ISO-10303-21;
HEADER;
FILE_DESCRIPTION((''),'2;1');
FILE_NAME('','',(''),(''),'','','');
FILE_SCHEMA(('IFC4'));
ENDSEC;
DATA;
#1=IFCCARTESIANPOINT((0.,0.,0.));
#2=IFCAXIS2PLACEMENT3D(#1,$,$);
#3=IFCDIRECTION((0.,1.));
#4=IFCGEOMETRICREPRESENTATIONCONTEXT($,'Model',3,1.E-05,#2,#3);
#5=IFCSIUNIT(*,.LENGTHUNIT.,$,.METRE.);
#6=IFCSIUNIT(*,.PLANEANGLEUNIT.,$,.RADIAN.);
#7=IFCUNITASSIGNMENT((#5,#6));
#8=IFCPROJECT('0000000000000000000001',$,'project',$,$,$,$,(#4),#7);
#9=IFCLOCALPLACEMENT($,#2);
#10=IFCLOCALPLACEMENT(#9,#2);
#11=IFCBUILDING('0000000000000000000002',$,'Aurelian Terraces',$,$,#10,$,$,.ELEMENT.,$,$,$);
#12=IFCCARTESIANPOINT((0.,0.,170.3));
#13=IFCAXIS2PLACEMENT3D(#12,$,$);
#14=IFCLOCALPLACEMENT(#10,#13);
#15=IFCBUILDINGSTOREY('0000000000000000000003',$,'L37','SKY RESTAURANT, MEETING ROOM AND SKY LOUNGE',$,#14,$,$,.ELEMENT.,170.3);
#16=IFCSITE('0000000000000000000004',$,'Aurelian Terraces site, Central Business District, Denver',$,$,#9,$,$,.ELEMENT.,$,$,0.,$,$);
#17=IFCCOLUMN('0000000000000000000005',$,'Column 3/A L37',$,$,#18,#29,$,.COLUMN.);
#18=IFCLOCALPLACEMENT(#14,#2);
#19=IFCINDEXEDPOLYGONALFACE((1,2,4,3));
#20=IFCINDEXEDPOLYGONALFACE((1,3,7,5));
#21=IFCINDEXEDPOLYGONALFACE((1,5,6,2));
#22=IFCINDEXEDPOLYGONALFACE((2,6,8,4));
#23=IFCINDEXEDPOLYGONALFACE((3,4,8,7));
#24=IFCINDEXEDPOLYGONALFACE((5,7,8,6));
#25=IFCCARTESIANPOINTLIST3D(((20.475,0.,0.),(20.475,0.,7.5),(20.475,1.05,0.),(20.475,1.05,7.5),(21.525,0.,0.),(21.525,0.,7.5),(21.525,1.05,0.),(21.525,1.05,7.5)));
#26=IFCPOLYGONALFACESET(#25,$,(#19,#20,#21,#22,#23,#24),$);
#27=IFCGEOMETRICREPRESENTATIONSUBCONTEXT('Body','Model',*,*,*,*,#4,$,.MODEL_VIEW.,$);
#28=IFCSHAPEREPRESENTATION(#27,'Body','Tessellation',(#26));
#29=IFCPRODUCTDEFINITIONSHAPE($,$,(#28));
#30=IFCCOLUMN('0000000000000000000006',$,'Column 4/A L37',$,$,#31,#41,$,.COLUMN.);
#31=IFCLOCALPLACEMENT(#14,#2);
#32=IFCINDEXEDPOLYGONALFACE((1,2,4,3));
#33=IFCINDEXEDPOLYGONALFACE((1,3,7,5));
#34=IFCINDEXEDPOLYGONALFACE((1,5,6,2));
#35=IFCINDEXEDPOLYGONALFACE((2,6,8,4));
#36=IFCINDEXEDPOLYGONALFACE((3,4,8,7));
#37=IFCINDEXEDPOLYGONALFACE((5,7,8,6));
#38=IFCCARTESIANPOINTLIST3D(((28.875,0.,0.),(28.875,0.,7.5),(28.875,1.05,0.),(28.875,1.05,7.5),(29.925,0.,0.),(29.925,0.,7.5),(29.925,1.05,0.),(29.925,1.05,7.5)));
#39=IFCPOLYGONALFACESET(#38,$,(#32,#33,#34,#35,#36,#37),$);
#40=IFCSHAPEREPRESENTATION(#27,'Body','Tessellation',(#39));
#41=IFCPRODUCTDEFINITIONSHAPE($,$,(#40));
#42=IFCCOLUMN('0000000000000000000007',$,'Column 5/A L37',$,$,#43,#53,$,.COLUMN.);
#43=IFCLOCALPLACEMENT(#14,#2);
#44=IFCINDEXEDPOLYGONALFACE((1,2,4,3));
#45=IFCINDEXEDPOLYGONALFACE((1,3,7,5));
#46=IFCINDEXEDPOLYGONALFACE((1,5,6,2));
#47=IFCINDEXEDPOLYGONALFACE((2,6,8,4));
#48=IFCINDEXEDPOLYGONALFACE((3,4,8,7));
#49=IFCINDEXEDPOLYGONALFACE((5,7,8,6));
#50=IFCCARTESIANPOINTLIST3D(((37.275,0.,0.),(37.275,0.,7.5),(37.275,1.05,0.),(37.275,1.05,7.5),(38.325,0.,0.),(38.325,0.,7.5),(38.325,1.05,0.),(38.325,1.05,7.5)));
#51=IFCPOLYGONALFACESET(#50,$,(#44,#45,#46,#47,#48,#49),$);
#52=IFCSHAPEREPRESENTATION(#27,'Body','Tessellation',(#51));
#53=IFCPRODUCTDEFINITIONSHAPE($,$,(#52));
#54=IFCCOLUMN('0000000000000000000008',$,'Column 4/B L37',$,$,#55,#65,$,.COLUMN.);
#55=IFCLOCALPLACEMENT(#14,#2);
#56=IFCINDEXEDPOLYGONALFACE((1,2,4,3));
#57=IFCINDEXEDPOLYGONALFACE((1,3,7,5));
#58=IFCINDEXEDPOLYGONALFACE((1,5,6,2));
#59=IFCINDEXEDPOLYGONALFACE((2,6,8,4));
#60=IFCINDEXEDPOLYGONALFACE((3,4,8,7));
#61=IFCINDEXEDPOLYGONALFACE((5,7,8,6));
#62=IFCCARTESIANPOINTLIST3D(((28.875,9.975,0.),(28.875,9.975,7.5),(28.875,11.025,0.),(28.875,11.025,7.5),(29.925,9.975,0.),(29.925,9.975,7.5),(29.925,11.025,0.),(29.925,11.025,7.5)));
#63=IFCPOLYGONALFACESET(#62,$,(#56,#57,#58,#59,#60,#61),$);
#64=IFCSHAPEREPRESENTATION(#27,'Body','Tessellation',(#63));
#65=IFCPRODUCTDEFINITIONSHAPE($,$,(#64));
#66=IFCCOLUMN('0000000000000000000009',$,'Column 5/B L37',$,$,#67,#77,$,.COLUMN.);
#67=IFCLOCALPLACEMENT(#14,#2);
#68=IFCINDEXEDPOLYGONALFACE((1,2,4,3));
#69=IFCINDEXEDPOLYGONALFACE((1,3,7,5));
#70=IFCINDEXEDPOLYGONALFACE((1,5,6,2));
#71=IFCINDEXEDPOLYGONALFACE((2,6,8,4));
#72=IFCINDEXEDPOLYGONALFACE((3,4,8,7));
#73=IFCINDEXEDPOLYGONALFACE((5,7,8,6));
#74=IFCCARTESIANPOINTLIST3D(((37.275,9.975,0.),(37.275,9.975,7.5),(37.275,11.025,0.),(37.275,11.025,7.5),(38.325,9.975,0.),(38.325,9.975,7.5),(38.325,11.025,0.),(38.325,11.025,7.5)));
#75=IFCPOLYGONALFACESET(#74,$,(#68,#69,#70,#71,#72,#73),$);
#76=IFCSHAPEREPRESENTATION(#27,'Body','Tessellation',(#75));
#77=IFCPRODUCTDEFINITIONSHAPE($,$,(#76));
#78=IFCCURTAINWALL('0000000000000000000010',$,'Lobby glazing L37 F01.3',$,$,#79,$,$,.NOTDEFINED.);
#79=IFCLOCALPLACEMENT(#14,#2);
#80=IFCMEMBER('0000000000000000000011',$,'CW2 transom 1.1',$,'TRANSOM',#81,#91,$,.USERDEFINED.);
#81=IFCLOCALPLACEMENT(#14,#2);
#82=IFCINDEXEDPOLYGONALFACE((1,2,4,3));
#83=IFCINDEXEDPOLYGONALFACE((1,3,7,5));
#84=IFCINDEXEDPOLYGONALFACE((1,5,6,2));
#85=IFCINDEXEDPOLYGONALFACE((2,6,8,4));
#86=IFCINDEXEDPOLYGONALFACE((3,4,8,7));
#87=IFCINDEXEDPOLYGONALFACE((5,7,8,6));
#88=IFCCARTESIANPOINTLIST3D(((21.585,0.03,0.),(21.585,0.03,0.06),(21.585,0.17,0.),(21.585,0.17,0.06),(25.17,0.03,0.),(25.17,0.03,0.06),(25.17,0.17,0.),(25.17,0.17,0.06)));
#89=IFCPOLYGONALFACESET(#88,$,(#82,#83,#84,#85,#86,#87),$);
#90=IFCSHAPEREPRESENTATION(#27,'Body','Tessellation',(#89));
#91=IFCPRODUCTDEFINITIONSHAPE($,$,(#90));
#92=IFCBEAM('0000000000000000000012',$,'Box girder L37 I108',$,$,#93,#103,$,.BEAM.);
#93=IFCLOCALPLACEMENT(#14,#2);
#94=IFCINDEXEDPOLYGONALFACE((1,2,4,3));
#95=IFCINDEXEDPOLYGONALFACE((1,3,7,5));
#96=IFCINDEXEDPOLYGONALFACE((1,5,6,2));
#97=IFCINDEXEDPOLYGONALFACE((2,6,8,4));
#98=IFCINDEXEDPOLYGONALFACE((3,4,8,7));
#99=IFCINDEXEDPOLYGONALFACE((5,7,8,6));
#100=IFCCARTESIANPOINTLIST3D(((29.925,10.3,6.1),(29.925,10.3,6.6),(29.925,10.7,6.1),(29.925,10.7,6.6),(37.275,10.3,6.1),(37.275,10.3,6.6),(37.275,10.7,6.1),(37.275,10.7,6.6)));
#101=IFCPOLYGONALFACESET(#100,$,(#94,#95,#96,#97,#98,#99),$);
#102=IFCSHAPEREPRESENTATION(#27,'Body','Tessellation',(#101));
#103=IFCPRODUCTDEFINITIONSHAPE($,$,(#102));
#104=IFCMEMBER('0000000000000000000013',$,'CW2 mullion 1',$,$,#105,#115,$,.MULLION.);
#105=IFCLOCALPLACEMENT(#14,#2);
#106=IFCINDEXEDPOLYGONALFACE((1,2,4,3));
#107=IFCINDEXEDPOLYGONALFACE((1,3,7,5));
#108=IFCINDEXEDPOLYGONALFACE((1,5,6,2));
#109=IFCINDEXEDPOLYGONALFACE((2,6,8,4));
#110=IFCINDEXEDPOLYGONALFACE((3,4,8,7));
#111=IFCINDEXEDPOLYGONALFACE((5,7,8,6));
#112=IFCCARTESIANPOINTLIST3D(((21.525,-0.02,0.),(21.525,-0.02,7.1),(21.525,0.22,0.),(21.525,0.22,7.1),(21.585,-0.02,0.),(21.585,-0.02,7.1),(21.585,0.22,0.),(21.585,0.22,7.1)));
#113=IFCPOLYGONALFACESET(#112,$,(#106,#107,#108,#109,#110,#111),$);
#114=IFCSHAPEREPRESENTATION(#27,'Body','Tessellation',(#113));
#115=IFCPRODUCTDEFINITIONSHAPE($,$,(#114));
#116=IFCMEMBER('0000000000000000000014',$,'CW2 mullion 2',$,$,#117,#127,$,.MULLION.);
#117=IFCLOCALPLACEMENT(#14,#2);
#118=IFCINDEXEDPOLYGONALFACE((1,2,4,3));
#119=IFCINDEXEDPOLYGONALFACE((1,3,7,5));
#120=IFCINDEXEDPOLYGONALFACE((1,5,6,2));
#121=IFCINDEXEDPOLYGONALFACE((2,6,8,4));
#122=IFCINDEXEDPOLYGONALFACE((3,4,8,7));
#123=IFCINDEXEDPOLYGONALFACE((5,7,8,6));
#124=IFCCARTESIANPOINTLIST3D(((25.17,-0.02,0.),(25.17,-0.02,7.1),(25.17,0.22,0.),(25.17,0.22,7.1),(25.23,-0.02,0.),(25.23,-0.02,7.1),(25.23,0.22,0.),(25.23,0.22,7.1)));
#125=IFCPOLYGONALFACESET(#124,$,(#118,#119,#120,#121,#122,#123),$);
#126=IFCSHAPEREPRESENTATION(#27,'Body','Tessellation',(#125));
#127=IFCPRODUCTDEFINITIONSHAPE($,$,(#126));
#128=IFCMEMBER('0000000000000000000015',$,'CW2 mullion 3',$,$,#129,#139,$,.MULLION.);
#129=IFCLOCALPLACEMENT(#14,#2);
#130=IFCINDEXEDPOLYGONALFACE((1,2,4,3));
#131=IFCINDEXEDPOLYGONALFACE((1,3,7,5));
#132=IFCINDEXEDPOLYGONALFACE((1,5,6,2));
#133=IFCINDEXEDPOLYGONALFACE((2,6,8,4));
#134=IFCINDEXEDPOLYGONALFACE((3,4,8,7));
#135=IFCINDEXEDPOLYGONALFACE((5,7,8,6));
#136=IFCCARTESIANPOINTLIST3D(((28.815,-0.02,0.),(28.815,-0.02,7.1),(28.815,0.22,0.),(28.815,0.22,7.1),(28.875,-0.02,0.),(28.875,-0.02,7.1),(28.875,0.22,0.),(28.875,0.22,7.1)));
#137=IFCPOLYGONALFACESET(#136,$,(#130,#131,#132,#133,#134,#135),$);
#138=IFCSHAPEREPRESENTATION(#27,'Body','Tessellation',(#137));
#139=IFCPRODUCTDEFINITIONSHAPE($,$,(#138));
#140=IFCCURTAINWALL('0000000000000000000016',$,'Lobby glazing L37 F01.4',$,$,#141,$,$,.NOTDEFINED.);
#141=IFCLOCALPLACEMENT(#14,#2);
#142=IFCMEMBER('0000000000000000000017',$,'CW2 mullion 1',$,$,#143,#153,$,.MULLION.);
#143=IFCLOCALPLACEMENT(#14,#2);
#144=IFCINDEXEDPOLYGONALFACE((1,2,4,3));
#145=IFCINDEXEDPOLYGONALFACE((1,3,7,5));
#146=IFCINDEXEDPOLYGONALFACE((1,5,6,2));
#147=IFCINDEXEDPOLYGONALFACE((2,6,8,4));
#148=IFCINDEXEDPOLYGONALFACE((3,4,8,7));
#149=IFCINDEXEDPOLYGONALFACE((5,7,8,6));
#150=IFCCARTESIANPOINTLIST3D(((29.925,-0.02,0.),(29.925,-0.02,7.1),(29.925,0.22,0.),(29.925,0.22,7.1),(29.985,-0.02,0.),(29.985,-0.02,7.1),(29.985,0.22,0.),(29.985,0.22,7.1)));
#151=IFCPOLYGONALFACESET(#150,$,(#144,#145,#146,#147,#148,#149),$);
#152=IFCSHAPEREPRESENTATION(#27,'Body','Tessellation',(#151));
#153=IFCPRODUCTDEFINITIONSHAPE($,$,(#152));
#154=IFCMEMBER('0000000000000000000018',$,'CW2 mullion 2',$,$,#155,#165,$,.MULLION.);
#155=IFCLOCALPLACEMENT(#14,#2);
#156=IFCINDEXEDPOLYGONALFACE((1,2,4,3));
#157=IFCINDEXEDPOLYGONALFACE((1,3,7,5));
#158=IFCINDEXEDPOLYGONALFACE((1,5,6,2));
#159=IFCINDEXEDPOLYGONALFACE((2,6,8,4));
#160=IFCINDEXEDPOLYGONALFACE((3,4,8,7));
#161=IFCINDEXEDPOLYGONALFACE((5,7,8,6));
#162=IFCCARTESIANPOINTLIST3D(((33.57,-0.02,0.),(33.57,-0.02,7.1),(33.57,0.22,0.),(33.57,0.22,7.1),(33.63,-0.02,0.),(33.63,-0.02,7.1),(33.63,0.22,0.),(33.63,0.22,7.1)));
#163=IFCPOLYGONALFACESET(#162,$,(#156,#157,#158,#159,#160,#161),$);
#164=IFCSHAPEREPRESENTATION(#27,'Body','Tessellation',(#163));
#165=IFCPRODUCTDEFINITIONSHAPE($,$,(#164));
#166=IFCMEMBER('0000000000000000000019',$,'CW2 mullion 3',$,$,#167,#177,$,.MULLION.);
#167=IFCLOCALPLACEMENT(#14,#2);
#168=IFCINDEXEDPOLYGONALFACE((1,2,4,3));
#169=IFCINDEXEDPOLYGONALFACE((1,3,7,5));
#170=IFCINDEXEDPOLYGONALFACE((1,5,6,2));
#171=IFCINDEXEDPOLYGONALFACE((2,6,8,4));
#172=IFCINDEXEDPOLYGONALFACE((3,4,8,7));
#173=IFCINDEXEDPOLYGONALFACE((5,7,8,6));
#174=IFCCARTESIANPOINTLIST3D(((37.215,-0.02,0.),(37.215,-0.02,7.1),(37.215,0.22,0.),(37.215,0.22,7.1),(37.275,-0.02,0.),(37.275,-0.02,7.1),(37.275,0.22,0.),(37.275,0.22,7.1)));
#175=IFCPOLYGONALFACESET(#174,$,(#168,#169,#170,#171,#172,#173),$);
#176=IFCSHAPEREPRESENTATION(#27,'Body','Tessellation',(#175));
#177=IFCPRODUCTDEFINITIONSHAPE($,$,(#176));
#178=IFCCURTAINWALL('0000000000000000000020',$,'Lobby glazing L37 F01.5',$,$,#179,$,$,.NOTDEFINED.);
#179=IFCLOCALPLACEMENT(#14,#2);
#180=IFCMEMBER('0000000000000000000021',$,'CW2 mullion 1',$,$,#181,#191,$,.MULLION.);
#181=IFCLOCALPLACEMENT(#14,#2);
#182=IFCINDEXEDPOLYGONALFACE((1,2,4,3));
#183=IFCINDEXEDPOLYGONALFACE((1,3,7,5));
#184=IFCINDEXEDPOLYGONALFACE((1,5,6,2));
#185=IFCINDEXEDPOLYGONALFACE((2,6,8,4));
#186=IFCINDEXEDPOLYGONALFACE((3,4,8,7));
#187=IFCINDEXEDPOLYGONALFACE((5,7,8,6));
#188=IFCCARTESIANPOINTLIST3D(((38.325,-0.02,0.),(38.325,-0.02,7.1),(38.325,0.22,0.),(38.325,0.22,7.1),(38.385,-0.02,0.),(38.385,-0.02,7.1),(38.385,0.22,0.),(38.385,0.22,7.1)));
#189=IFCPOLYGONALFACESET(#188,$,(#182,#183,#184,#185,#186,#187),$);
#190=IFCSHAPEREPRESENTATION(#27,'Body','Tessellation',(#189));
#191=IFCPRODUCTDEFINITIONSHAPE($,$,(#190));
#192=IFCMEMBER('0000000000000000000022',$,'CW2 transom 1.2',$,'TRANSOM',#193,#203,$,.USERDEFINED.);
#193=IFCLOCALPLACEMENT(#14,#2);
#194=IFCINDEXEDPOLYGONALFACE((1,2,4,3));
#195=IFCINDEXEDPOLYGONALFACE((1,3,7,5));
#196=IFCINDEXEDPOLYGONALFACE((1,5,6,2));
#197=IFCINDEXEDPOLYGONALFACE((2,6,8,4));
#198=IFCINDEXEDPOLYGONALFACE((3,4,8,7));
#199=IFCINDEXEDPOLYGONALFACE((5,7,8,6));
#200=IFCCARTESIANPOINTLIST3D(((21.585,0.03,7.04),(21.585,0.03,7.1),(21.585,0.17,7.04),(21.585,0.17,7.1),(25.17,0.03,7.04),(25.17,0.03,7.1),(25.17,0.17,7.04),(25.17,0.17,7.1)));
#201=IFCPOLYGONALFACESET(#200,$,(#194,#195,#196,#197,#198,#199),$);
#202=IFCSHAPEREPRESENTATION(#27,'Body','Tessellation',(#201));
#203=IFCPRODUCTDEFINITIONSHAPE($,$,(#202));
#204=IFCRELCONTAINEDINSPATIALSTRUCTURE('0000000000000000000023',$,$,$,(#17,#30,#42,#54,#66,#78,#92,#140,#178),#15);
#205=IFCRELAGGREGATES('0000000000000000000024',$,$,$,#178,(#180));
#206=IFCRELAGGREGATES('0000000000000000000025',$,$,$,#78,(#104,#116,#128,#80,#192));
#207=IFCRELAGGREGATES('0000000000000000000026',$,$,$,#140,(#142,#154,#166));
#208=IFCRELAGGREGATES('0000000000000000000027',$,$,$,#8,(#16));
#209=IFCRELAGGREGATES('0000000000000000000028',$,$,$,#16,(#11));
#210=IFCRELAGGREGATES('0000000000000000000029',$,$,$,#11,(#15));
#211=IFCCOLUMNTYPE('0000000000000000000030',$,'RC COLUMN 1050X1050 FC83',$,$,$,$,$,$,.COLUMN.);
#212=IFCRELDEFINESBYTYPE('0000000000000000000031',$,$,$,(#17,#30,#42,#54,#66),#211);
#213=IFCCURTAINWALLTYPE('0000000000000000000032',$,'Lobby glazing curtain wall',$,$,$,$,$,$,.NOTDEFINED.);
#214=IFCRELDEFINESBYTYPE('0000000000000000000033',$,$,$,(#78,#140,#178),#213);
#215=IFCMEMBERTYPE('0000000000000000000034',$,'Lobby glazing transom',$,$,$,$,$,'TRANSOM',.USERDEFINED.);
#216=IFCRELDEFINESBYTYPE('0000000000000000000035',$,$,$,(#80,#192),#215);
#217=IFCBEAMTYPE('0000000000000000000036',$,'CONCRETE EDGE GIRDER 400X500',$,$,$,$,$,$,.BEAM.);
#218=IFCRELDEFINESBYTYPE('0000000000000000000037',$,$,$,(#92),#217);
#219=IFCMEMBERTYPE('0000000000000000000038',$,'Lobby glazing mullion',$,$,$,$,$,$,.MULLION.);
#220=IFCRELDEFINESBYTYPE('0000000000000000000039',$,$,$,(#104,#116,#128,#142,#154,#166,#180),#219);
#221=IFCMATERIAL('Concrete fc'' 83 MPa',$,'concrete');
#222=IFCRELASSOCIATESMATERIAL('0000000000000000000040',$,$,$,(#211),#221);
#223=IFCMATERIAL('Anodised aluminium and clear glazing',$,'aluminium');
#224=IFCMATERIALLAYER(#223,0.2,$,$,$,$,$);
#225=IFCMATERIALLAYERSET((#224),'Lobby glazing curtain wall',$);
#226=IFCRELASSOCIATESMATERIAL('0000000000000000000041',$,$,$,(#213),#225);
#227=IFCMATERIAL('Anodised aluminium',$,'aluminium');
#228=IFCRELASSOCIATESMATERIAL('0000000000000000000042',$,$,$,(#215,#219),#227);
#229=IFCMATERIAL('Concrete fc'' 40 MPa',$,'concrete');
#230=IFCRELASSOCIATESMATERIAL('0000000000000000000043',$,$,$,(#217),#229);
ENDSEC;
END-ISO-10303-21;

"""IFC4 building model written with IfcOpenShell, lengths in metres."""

from ifc_helpers import new_model, si_unit, direction, frame, origin, origin_2d, place, context, subcontext, project, spatial, rectangle, extrude, source, transform, mapped, material, layer, layer_set, material_profile, profile_set, type_object, element, aggregate, save


model = new_model("IFC4")

# Units and contexts
model_context = context("Model", 3, precision=1e-05, world=origin(), true_north=direction((0.0, 1.0)))
body_context = subcontext(model_context, "Body", "Model", "MODEL_VIEW")
ifc_project = project(units=[si_unit("LENGTHUNIT", "METRE"), si_unit("PLANEANGLEUNIT", "RADIAN")], contexts=[model_context])

# Site, building, storey
site_placement = place(None, origin())
site = spatial("IfcSite", under=ifc_project, at=site_placement, Name="Aurelian Terraces site, Central Business District, Denver", CompositionType="ELEMENT", RefElevation=0.0)
building_placement = place(site_placement, origin())
building = spatial("IfcBuilding", under=site, at=building_placement, Name="Aurelian Terraces", CompositionType="ELEMENT")
storey_placement = place(building_placement, frame((0.0, 0.0, 170.3)))
storey = spatial("IfcBuildingStorey", under=building, at=storey_placement, Name="L37", Description="SKY RESTAURANT, MEETING ROOM AND SKY LOUNGE", CompositionType="ELEMENT", Elevation=170.3)

# Columns
ifc_material_1 = material(Name="Concrete fc' 83 MPa", Category="concrete")
ifc_material_profile_1 = material_profile(ifc_material_1, rectangle(XDim=1.05, YDim=1.05, at=origin_2d()))
ifc_profile_set_1 = profile_set([ifc_material_profile_1], Name="Concrete fc' 83 MPa")
column_type = type_object("IfcColumnType", Name="RC COLUMN 1050X1050 FC83", PredefinedType="COLUMN", material=ifc_profile_set_1)
shared_shape_1 = source(origin(), body_context, "Body", "SweptSolid", [
    extrude(rectangle(XDim=1.05, YDim=1.05, at=origin_2d()), origin(), (0.0, 0.0, 1.0), 7.5),
])
for number, where, z_axis, x_axis, name in (
    (1, (21.0, 0.525, 0.0), (0.0, 0.0, 1.0), (1.0, 0.0, 0.0), "Column 3/A L37"),
    (2, (29.4, 0.525, 0.0), (0.0, 0.0, 1.0), (1.0, 0.0, 0.0), "Column 4/A L37"),
    (3, (37.8, 0.525, 0.0), (0.0, 0.0, 1.0), (1.0, 0.0, 0.0), "Column 5/A L37"),
    (4, (29.4, 10.5, 0.0), (0.0, 0.0, 1.0), (1.0, 0.0, 0.0), "Column 4/B L37"),
    (5, (37.8, 10.5, 0.0), (0.0, 0.0, 1.0), (1.0, 0.0, 0.0), "Column 5/B L37"),
):
    element("IfcColumn", number, at=place(storey_placement, frame(where, z_axis=z_axis, x_axis=x_axis)), inside=storey, type_object=column_type, Name=name, PredefinedType="COLUMN", context=body_context, shape_type="MappedRepresentation", body=[
        mapped(shared_shape_1, transform((0.0, 0.0, 0.0), scale=1.0)),
    ])

# Curtain wall, member
ifc_material_2 = material(Name="Anodised aluminium and clear glazing", Category="aluminium")
ifc_layer_1 = layer(ifc_material_2, 0.2)
ifc_layer_set_1 = layer_set([ifc_layer_1], Name="Lobby glazing curtain wall")
curtain_wall_type = type_object("IfcCurtainWallType", Name="Lobby glazing curtain wall", PredefinedType="NOTDEFINED", material=ifc_layer_set_1)
curtain_wall_1_placement = place(storey_placement, origin())
curtain_wall_1 = element("IfcCurtainWall", 6, at=curtain_wall_1_placement, inside=storey, type_object=curtain_wall_type, Name="Lobby glazing L37 F01.3", PredefinedType="NOTDEFINED")
ifc_material_3 = material(Name="Anodised aluminium", Category="aluminium")
ifc_material_profile_2 = material_profile(ifc_material_3, rectangle(XDim=0.14, YDim=0.06, at=origin_2d()))
ifc_profile_set_2 = profile_set([ifc_material_profile_2], Name="Anodised aluminium")
member_type_1 = type_object("IfcMemberType", Name="Lobby glazing transom", ElementType="TRANSOM", PredefinedType="USERDEFINED", material=ifc_profile_set_2)
member_1_placement = place(storey_placement, frame((21.585, 0.1, 0.03), z_axis=(1.0, 0.0, 0.0), x_axis=(0.0, 1.0, 0.0)))
member_1 = element("IfcMember", 7, at=member_1_placement, type_object=member_type_1, Name="CW2 transom 1.1", ObjectType="TRANSOM", PredefinedType="USERDEFINED", context=body_context, shape_type="SweptSolid", body=[
    extrude(rectangle(XDim=0.14, YDim=0.06, at=origin_2d()), origin(), (0.0, 0.0, 1.0), 3.585),
])

# Beam
ifc_material_4 = material(Name="Concrete fc' 40 MPa", Category="concrete")
ifc_material_profile_3 = material_profile(ifc_material_4, rectangle(XDim=0.4, YDim=0.5, at=origin_2d()))
ifc_profile_set_3 = profile_set([ifc_material_profile_3], Name="Concrete fc' 40 MPa")
beam_type = type_object("IfcBeamType", Name="CONCRETE EDGE GIRDER 400X500", PredefinedType="BEAM", material=ifc_profile_set_3)
shared_shape_2 = source(origin(), body_context, "Body", "SweptSolid", [
    extrude(rectangle(XDim=0.4, YDim=0.5, at=origin_2d()), origin(), (0.0, 0.0, 1.0), 7.35),
])
beam_placement = place(storey_placement, frame((29.925, 10.5, 6.35), z_axis=(1.0, 0.0, 0.0), x_axis=(0.0, 1.0, 0.0)))
element("IfcBeam", 8, at=beam_placement, inside=storey, type_object=beam_type, Name="Box girder L37 I108", PredefinedType="BEAM", context=body_context, shape_type="MappedRepresentation", body=[
    mapped(shared_shape_2, transform((0.0, 0.0, 0.0), scale=1.0)),
])

# Members
ifc_material_profile_4 = material_profile(ifc_material_3, rectangle(XDim=0.24, YDim=0.06, at=origin_2d()))
ifc_profile_set_4 = profile_set([ifc_material_profile_4], Name="Anodised aluminium")
member_type_2 = type_object("IfcMemberType", Name="Lobby glazing mullion", PredefinedType="MULLION", material=ifc_profile_set_4)
shared_shape_3 = source(origin(), body_context, "Body", "SweptSolid", [
    extrude(rectangle(XDim=0.24, YDim=0.06, at=origin_2d()), origin(), (0.0, 0.0, 1.0), 7.1),
])
member_2_placement = place(storey_placement, frame((21.555, 0.1, 0.0), z_axis=(0.0, 0.0, 1.0), x_axis=(0.0, 1.0, 0.0)))
member_2 = element("IfcMember", 9, at=member_2_placement, type_object=member_type_2, Name="CW2 mullion 1", PredefinedType="MULLION", context=body_context, shape_type="MappedRepresentation", body=[
    mapped(shared_shape_3, transform((0.0, 0.0, 0.0), scale=1.0)),
])
member_3_placement = place(storey_placement, frame((25.2, 0.1, 0.0), z_axis=(0.0, 0.0, 1.0), x_axis=(0.0, 1.0, 0.0)))
member_3 = element("IfcMember", 10, at=member_3_placement, type_object=member_type_2, Name="CW2 mullion 2", PredefinedType="MULLION", context=body_context, shape_type="MappedRepresentation", body=[
    mapped(shared_shape_3, transform((0.0, 0.0, 0.0), scale=1.0)),
])
member_4_placement = place(storey_placement, frame((28.845, 0.1, 0.0), z_axis=(0.0, 0.0, 1.0), x_axis=(0.0, 1.0, 0.0)))
member_4 = element("IfcMember", 11, at=member_4_placement, type_object=member_type_2, Name="CW2 mullion 3", PredefinedType="MULLION", context=body_context, shape_type="MappedRepresentation", body=[
    mapped(shared_shape_3, transform((0.0, 0.0, 0.0), scale=1.0)),
])

# Curtain wall, members
curtain_wall_2_placement = place(storey_placement, origin())
curtain_wall_2 = element("IfcCurtainWall", 12, at=curtain_wall_2_placement, inside=storey, type_object=curtain_wall_type, Name="Lobby glazing L37 F01.4", PredefinedType="NOTDEFINED")
member_5_placement = place(storey_placement, frame((29.955, 0.1, 0.0), z_axis=(0.0, 0.0, 1.0), x_axis=(0.0, 1.0, 0.0)))
member_5 = element("IfcMember", 13, at=member_5_placement, type_object=member_type_2, Name="CW2 mullion 1", PredefinedType="MULLION", context=body_context, shape_type="MappedRepresentation", body=[
    mapped(shared_shape_3, transform((0.0, 0.0, 0.0), scale=1.0)),
])
member_6_placement = place(storey_placement, frame((33.6, 0.1, 0.0), z_axis=(0.0, 0.0, 1.0), x_axis=(0.0, 1.0, 0.0)))
member_6 = element("IfcMember", 14, at=member_6_placement, type_object=member_type_2, Name="CW2 mullion 2", PredefinedType="MULLION", context=body_context, shape_type="MappedRepresentation", body=[
    mapped(shared_shape_3, transform((0.0, 0.0, 0.0), scale=1.0)),
])
member_7_placement = place(storey_placement, frame((37.245, 0.1, 0.0), z_axis=(0.0, 0.0, 1.0), x_axis=(0.0, 1.0, 0.0)))
member_7 = element("IfcMember", 15, at=member_7_placement, type_object=member_type_2, Name="CW2 mullion 3", PredefinedType="MULLION", context=body_context, shape_type="MappedRepresentation", body=[
    mapped(shared_shape_3, transform((0.0, 0.0, 0.0), scale=1.0)),
])

# Curtain wall, member
curtain_wall_3_placement = place(storey_placement, origin())
curtain_wall_3 = element("IfcCurtainWall", 16, at=curtain_wall_3_placement, inside=storey, type_object=curtain_wall_type, Name="Lobby glazing L37 F01.5", PredefinedType="NOTDEFINED")
member_8_placement = place(storey_placement, frame((38.355, 0.1, 0.0), z_axis=(0.0, 0.0, 1.0), x_axis=(0.0, 1.0, 0.0)))
member_8 = element("IfcMember", 17, at=member_8_placement, type_object=member_type_2, Name="CW2 mullion 1", PredefinedType="MULLION", context=body_context, shape_type="MappedRepresentation", body=[
    mapped(shared_shape_3, transform((0.0, 0.0, 0.0), scale=1.0)),
])
aggregate(curtain_wall_3, [member_8])

# Member
shared_shape_4 = source(origin(), body_context, "Body", "SweptSolid", [
    extrude(rectangle(XDim=0.14, YDim=0.06, at=origin_2d()), origin(), (0.0, 0.0, 1.0), 3.585),
])
member_9_placement = place(storey_placement, frame((21.585, 0.1, 7.07), z_axis=(1.0, 0.0, 0.0), x_axis=(0.0, 1.0, 0.0)))
member_9 = element("IfcMember", 18, at=member_9_placement, type_object=member_type_1, Name="CW2 transom 1.2", ObjectType="TRANSOM", PredefinedType="USERDEFINED", context=body_context, shape_type="MappedRepresentation", body=[
    mapped(shared_shape_4, transform((0.0, 0.0, 0.0), scale=1.0)),
])

aggregate(curtain_wall_1, [member_2, member_3, member_4, member_1, member_9])
aggregate(curtain_wall_2, [member_5, member_6, member_7])

save(model, "model.ifc")
